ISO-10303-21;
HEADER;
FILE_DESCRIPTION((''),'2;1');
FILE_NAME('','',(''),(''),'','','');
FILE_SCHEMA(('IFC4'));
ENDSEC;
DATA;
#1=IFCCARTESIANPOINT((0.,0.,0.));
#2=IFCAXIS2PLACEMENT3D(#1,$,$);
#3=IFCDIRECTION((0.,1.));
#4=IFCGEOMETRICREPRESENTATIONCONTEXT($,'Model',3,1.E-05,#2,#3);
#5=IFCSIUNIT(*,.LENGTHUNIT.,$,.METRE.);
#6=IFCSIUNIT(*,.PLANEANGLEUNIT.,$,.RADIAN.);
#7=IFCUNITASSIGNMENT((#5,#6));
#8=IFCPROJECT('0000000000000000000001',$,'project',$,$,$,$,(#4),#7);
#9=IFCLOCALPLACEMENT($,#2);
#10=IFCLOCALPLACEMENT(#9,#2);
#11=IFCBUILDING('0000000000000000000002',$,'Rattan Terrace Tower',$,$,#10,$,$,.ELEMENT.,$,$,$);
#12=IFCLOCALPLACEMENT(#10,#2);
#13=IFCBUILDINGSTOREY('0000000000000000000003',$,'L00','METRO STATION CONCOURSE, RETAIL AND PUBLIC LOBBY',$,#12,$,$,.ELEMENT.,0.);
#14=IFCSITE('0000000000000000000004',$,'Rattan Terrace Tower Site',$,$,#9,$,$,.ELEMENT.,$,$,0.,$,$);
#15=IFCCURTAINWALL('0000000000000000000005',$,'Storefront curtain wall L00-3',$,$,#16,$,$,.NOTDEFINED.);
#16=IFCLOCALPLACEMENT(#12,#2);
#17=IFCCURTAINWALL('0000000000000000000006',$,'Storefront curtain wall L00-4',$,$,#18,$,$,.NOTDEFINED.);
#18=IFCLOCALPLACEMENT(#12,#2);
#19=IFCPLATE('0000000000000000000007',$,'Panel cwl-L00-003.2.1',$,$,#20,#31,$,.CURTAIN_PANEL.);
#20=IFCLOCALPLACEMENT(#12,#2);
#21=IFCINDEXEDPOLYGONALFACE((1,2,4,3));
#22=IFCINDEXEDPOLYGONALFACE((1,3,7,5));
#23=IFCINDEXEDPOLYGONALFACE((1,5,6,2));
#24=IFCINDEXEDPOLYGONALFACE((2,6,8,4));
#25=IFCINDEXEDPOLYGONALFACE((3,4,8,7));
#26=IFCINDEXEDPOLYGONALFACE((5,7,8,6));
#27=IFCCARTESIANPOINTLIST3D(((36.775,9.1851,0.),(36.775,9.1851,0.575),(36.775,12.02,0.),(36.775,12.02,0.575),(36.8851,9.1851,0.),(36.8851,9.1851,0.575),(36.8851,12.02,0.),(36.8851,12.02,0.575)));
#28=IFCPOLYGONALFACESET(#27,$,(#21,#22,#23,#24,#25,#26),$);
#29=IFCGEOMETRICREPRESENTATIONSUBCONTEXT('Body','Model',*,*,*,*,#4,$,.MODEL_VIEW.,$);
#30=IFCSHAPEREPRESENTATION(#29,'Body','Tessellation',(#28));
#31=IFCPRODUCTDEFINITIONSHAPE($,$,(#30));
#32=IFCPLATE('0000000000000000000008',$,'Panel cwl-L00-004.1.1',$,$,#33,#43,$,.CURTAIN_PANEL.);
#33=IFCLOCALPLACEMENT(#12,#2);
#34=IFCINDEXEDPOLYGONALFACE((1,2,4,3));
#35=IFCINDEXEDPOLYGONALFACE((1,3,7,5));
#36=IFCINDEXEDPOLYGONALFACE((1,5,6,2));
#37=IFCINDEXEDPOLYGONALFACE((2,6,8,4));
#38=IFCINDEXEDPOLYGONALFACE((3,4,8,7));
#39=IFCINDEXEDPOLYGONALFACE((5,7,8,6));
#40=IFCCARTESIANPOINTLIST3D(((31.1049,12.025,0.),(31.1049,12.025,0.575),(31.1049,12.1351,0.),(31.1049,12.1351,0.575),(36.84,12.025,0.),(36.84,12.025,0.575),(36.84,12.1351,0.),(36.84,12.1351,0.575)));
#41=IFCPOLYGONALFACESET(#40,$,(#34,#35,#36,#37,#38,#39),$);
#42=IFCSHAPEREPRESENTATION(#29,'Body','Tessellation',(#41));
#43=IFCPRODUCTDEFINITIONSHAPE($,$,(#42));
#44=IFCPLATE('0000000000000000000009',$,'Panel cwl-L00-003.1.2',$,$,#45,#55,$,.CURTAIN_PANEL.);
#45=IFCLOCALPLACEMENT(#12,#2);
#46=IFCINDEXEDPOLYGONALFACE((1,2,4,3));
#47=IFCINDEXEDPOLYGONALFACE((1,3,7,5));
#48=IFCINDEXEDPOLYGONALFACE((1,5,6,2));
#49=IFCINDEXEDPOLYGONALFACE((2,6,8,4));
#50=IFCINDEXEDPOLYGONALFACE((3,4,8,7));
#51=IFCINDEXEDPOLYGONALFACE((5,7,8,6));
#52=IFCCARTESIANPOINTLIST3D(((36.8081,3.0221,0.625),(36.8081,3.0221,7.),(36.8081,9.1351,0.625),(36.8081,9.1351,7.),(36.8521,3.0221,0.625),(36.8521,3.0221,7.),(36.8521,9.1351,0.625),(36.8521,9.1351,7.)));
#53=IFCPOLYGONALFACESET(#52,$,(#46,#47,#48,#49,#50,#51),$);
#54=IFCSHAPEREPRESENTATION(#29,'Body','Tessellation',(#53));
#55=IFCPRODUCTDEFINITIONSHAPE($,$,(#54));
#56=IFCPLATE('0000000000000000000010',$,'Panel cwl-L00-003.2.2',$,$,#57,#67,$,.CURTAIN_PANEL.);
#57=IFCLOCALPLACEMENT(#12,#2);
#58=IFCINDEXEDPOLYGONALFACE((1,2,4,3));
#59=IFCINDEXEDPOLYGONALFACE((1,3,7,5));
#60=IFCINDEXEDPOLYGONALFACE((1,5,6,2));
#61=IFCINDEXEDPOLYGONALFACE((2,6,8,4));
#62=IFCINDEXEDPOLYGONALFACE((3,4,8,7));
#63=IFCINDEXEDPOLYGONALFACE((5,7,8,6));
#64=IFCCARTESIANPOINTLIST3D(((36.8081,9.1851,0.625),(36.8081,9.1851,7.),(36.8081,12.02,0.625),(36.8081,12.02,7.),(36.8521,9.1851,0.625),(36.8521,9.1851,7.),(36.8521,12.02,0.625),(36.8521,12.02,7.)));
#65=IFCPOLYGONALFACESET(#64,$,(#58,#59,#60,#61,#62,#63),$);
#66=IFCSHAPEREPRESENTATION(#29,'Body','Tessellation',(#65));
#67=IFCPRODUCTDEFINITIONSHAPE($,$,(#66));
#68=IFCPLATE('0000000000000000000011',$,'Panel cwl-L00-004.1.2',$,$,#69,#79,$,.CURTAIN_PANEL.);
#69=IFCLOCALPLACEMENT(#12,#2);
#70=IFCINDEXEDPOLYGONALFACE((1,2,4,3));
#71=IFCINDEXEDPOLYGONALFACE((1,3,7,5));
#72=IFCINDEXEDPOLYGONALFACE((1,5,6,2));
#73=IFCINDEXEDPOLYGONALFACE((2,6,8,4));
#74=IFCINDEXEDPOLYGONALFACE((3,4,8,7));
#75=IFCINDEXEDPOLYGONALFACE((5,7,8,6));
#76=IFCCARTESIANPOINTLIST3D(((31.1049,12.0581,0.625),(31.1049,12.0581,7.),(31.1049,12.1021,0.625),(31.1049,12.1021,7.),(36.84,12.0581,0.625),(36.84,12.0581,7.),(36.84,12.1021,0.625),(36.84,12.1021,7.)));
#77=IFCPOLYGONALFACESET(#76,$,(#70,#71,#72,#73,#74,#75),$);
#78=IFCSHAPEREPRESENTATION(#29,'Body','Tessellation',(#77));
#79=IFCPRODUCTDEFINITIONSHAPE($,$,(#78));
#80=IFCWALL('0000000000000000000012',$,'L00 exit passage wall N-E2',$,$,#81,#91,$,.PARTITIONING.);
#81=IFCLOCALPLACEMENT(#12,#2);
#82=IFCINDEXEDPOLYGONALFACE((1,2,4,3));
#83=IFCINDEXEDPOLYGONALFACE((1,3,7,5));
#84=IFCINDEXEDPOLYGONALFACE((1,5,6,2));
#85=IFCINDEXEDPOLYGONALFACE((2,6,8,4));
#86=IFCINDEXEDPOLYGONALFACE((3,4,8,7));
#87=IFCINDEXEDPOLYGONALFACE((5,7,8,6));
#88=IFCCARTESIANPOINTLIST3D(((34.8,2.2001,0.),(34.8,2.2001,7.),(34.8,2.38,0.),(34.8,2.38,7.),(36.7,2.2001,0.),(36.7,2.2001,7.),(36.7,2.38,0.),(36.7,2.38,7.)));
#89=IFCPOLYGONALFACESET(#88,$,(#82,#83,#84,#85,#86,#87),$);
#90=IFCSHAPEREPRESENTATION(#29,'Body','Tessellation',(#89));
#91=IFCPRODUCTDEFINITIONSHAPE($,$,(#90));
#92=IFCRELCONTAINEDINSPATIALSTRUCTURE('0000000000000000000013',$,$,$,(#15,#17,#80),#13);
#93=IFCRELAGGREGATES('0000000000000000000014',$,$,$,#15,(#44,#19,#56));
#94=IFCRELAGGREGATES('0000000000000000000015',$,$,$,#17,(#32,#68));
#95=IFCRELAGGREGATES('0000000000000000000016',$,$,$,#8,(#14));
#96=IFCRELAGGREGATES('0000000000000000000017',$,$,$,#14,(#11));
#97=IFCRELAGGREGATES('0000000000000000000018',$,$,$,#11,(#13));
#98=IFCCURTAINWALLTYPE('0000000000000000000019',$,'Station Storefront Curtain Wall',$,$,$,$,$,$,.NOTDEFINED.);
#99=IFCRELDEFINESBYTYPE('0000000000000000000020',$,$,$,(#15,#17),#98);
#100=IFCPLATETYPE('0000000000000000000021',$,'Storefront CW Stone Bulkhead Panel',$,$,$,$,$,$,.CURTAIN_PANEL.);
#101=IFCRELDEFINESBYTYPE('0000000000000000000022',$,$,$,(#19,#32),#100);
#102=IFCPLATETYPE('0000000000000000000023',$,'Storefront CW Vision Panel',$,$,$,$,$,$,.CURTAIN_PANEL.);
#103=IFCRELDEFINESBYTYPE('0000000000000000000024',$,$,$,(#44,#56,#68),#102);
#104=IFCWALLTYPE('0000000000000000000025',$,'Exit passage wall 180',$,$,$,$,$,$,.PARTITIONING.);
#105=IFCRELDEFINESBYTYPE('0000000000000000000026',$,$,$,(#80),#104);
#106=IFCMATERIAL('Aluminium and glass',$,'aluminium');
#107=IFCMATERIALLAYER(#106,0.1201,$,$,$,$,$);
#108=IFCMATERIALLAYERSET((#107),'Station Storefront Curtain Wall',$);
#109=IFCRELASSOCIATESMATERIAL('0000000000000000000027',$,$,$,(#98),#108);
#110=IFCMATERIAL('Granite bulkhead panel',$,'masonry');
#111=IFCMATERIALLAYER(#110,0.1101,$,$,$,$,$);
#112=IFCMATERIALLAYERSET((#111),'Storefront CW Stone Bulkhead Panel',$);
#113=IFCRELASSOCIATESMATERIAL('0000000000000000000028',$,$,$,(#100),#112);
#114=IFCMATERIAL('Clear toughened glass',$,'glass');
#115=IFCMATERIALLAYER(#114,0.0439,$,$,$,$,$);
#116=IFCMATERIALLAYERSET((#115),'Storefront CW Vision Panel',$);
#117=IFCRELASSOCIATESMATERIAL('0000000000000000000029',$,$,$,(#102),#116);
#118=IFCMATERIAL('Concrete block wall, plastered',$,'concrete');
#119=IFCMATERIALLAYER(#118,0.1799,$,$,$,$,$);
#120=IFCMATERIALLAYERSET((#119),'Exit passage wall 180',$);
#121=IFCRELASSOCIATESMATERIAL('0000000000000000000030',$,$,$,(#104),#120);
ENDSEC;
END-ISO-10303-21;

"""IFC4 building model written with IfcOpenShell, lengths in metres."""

from ifc_helpers import new_model, si_unit, direction, frame, frame_2d, origin, origin_2d, place, context, subcontext, project, spatial, rectangle, extrude, material, layer, layer_set, type_object, element, aggregate, save


model = new_model("IFC4")

# Units and contexts
model_context = context("Model", 3, precision=1e-05, world=origin(), true_north=direction((0.0, 1.0)))
body_context = subcontext(model_context, "Body", "Model", "MODEL_VIEW")
ifc_project = project(units=[si_unit("LENGTHUNIT", "METRE"), si_unit("PLANEANGLEUNIT", "RADIAN")], contexts=[model_context])

# Site, building, storey
site_placement = place(None, origin())
site = spatial("IfcSite", under=ifc_project, at=site_placement, Name="Rattan Terrace Tower Site", CompositionType="ELEMENT", RefElevation=0.0)
building_placement = place(site_placement, origin())
building = spatial("IfcBuilding", under=site, at=building_placement, Name="Rattan Terrace Tower", CompositionType="ELEMENT")
storey_placement = place(building_placement, origin())
storey = spatial("IfcBuildingStorey", under=building, at=storey_placement, Name="L00", Description="METRO STATION CONCOURSE, RETAIL AND PUBLIC LOBBY", CompositionType="ELEMENT", Elevation=0.0)

# Curtain wall
ifc_material_1 = material(Name="Aluminium and glass", Category="aluminium")
ifc_layer_1 = layer(ifc_material_1, 0.1201)
ifc_layer_set_1 = layer_set([ifc_layer_1], Name="Station Storefront Curtain Wall")
curtain_wall_type = type_object("IfcCurtainWallType", Name="Station Storefront Curtain Wall", PredefinedType="NOTDEFINED", material=ifc_layer_set_1)
curtain_wall_1_placement = place(storey_placement, origin())
curtain_wall_1 = element("IfcCurtainWall", 1, at=curtain_wall_1_placement, inside=storey, type_object=curtain_wall_type, Name="Storefront curtain wall L00-3", PredefinedType="NOTDEFINED")

# Curtain wall
curtain_wall_2_placement = place(storey_placement, origin())
curtain_wall_2 = element("IfcCurtainWall", 2, at=curtain_wall_2_placement, inside=storey, type_object=curtain_wall_type, Name="Storefront curtain wall L00-4", PredefinedType="NOTDEFINED")

# Plates
ifc_material_2 = material(Name="Granite bulkhead panel", Category="masonry")
ifc_layer_2 = layer(ifc_material_2, 0.1101)
ifc_layer_set_2 = layer_set([ifc_layer_2], Name="Storefront CW Stone Bulkhead Panel")
plate_type_1 = type_object("IfcPlateType", Name="Storefront CW Stone Bulkhead Panel", PredefinedType="CURTAIN_PANEL", material=ifc_layer_set_2)
plate_1_placement = place(storey_placement, frame((36.8301, 10.6025, 0.0), z_axis=(0.0, 0.0, 1.0), x_axis=(0.0, 1.0, 0.0)))
plate_1 = element("IfcPlate", 3, at=plate_1_placement, type_object=plate_type_1, Name="Panel cwl-L00-003.2.1", PredefinedType="CURTAIN_PANEL", context=body_context, shape_type="SweptSolid", body=[
    extrude(rectangle(XDim=2.835, YDim=0.1101, at=origin_2d()), origin(), (0.0, 0.0, 1.0), 0.575),
])
plate_2_placement = place(storey_placement, frame((33.9724, 12.0801, 0.0), z_axis=(0.0, 0.0, 1.0), x_axis=(-1.0, 0.0, 0.0)))
plate_2 = element("IfcPlate", 4, at=plate_2_placement, type_object=plate_type_1, Name="Panel cwl-L00-004.1.1", PredefinedType="CURTAIN_PANEL", context=body_context, shape_type="SweptSolid", body=[
    extrude(rectangle(XDim=5.7351, YDim=0.1101, at=origin_2d()), origin(), (0.0, 0.0, 1.0), 0.575),
])
ifc_material_3 = material(Name="Clear toughened glass", Category="glass")
ifc_layer_3 = layer(ifc_material_3, 0.0439)
ifc_layer_set_3 = layer_set([ifc_layer_3], Name="Storefront CW Vision Panel")
plate_type_2 = type_object("IfcPlateType", Name="Storefront CW Vision Panel", PredefinedType="CURTAIN_PANEL", material=ifc_layer_set_3)
plate_3_placement = place(storey_placement, frame((36.8301, 6.0786, 0.625), z_axis=(0.0, 0.0, 1.0), x_axis=(0.0, 1.0, 0.0)))
plate_3 = element("IfcPlate", 5, at=plate_3_placement, type_object=plate_type_2, Name="Panel cwl-L00-003.1.2", PredefinedType="CURTAIN_PANEL", context=body_context, shape_type="SweptSolid", body=[
    extrude(rectangle(XDim=6.113, YDim=0.0439, at=origin_2d()), origin(), (0.0, 0.0, 1.0), 6.375),
])
plate_4_placement = place(storey_placement, frame((36.8301, 10.6025, 0.625), z_axis=(0.0, 0.0, 1.0), x_axis=(0.0, 1.0, 0.0)))
plate_4 = element("IfcPlate", 6, at=plate_4_placement, type_object=plate_type_2, Name="Panel cwl-L00-003.2.2", PredefinedType="CURTAIN_PANEL", context=body_context, shape_type="SweptSolid", body=[
    extrude(rectangle(XDim=2.835, YDim=0.0439, at=origin_2d()), origin(), (0.0, 0.0, 1.0), 6.375),
])
aggregate(curtain_wall_1, [plate_3, plate_1, plate_4])
plate_5_placement = place(storey_placement, frame((33.9724, 12.0801, 0.625), z_axis=(0.0, 0.0, 1.0), x_axis=(-1.0, 0.0, 0.0)))
plate_5 = element("IfcPlate", 7, at=plate_5_placement, type_object=plate_type_2, Name="Panel cwl-L00-004.1.2", PredefinedType="CURTAIN_PANEL", context=body_context, shape_type="SweptSolid", body=[
    extrude(rectangle(XDim=5.7351, YDim=0.0439, at=origin_2d()), origin(), (0.0, 0.0, 1.0), 6.375),
])
aggregate(curtain_wall_2, [plate_2, plate_5])

# Wall
ifc_material_4 = material(Name="Concrete block wall, plastered", Category="concrete")
ifc_layer_4 = layer(ifc_material_4, 0.1799)
ifc_layer_set_4 = layer_set([ifc_layer_4], Name="Exit passage wall 180")
wall_type_1 = type_object("IfcWallType", Name="Exit passage wall 180", PredefinedType="PARTITIONING", material=ifc_layer_set_4)
wall_1_placement = place(storey_placement, frame((34.8, 2.29, 0.0), z_axis=(0.0, 0.0, 1.0), x_axis=(1.0, 0.0, 0.0)))
element("IfcWall", 8, at=wall_1_placement, inside=storey, type_object=wall_type_1, Name="L00 exit passage wall N-E2", PredefinedType="PARTITIONING", context=body_context, shape_type="SweptSolid", body=[
    extrude(rectangle(XDim=1.8999, YDim=0.1799, at=frame_2d((0.95, 0.0))), origin(), (0.0, 0.0, 1.0), 7.0),
])

save(model, "model.ifc")
